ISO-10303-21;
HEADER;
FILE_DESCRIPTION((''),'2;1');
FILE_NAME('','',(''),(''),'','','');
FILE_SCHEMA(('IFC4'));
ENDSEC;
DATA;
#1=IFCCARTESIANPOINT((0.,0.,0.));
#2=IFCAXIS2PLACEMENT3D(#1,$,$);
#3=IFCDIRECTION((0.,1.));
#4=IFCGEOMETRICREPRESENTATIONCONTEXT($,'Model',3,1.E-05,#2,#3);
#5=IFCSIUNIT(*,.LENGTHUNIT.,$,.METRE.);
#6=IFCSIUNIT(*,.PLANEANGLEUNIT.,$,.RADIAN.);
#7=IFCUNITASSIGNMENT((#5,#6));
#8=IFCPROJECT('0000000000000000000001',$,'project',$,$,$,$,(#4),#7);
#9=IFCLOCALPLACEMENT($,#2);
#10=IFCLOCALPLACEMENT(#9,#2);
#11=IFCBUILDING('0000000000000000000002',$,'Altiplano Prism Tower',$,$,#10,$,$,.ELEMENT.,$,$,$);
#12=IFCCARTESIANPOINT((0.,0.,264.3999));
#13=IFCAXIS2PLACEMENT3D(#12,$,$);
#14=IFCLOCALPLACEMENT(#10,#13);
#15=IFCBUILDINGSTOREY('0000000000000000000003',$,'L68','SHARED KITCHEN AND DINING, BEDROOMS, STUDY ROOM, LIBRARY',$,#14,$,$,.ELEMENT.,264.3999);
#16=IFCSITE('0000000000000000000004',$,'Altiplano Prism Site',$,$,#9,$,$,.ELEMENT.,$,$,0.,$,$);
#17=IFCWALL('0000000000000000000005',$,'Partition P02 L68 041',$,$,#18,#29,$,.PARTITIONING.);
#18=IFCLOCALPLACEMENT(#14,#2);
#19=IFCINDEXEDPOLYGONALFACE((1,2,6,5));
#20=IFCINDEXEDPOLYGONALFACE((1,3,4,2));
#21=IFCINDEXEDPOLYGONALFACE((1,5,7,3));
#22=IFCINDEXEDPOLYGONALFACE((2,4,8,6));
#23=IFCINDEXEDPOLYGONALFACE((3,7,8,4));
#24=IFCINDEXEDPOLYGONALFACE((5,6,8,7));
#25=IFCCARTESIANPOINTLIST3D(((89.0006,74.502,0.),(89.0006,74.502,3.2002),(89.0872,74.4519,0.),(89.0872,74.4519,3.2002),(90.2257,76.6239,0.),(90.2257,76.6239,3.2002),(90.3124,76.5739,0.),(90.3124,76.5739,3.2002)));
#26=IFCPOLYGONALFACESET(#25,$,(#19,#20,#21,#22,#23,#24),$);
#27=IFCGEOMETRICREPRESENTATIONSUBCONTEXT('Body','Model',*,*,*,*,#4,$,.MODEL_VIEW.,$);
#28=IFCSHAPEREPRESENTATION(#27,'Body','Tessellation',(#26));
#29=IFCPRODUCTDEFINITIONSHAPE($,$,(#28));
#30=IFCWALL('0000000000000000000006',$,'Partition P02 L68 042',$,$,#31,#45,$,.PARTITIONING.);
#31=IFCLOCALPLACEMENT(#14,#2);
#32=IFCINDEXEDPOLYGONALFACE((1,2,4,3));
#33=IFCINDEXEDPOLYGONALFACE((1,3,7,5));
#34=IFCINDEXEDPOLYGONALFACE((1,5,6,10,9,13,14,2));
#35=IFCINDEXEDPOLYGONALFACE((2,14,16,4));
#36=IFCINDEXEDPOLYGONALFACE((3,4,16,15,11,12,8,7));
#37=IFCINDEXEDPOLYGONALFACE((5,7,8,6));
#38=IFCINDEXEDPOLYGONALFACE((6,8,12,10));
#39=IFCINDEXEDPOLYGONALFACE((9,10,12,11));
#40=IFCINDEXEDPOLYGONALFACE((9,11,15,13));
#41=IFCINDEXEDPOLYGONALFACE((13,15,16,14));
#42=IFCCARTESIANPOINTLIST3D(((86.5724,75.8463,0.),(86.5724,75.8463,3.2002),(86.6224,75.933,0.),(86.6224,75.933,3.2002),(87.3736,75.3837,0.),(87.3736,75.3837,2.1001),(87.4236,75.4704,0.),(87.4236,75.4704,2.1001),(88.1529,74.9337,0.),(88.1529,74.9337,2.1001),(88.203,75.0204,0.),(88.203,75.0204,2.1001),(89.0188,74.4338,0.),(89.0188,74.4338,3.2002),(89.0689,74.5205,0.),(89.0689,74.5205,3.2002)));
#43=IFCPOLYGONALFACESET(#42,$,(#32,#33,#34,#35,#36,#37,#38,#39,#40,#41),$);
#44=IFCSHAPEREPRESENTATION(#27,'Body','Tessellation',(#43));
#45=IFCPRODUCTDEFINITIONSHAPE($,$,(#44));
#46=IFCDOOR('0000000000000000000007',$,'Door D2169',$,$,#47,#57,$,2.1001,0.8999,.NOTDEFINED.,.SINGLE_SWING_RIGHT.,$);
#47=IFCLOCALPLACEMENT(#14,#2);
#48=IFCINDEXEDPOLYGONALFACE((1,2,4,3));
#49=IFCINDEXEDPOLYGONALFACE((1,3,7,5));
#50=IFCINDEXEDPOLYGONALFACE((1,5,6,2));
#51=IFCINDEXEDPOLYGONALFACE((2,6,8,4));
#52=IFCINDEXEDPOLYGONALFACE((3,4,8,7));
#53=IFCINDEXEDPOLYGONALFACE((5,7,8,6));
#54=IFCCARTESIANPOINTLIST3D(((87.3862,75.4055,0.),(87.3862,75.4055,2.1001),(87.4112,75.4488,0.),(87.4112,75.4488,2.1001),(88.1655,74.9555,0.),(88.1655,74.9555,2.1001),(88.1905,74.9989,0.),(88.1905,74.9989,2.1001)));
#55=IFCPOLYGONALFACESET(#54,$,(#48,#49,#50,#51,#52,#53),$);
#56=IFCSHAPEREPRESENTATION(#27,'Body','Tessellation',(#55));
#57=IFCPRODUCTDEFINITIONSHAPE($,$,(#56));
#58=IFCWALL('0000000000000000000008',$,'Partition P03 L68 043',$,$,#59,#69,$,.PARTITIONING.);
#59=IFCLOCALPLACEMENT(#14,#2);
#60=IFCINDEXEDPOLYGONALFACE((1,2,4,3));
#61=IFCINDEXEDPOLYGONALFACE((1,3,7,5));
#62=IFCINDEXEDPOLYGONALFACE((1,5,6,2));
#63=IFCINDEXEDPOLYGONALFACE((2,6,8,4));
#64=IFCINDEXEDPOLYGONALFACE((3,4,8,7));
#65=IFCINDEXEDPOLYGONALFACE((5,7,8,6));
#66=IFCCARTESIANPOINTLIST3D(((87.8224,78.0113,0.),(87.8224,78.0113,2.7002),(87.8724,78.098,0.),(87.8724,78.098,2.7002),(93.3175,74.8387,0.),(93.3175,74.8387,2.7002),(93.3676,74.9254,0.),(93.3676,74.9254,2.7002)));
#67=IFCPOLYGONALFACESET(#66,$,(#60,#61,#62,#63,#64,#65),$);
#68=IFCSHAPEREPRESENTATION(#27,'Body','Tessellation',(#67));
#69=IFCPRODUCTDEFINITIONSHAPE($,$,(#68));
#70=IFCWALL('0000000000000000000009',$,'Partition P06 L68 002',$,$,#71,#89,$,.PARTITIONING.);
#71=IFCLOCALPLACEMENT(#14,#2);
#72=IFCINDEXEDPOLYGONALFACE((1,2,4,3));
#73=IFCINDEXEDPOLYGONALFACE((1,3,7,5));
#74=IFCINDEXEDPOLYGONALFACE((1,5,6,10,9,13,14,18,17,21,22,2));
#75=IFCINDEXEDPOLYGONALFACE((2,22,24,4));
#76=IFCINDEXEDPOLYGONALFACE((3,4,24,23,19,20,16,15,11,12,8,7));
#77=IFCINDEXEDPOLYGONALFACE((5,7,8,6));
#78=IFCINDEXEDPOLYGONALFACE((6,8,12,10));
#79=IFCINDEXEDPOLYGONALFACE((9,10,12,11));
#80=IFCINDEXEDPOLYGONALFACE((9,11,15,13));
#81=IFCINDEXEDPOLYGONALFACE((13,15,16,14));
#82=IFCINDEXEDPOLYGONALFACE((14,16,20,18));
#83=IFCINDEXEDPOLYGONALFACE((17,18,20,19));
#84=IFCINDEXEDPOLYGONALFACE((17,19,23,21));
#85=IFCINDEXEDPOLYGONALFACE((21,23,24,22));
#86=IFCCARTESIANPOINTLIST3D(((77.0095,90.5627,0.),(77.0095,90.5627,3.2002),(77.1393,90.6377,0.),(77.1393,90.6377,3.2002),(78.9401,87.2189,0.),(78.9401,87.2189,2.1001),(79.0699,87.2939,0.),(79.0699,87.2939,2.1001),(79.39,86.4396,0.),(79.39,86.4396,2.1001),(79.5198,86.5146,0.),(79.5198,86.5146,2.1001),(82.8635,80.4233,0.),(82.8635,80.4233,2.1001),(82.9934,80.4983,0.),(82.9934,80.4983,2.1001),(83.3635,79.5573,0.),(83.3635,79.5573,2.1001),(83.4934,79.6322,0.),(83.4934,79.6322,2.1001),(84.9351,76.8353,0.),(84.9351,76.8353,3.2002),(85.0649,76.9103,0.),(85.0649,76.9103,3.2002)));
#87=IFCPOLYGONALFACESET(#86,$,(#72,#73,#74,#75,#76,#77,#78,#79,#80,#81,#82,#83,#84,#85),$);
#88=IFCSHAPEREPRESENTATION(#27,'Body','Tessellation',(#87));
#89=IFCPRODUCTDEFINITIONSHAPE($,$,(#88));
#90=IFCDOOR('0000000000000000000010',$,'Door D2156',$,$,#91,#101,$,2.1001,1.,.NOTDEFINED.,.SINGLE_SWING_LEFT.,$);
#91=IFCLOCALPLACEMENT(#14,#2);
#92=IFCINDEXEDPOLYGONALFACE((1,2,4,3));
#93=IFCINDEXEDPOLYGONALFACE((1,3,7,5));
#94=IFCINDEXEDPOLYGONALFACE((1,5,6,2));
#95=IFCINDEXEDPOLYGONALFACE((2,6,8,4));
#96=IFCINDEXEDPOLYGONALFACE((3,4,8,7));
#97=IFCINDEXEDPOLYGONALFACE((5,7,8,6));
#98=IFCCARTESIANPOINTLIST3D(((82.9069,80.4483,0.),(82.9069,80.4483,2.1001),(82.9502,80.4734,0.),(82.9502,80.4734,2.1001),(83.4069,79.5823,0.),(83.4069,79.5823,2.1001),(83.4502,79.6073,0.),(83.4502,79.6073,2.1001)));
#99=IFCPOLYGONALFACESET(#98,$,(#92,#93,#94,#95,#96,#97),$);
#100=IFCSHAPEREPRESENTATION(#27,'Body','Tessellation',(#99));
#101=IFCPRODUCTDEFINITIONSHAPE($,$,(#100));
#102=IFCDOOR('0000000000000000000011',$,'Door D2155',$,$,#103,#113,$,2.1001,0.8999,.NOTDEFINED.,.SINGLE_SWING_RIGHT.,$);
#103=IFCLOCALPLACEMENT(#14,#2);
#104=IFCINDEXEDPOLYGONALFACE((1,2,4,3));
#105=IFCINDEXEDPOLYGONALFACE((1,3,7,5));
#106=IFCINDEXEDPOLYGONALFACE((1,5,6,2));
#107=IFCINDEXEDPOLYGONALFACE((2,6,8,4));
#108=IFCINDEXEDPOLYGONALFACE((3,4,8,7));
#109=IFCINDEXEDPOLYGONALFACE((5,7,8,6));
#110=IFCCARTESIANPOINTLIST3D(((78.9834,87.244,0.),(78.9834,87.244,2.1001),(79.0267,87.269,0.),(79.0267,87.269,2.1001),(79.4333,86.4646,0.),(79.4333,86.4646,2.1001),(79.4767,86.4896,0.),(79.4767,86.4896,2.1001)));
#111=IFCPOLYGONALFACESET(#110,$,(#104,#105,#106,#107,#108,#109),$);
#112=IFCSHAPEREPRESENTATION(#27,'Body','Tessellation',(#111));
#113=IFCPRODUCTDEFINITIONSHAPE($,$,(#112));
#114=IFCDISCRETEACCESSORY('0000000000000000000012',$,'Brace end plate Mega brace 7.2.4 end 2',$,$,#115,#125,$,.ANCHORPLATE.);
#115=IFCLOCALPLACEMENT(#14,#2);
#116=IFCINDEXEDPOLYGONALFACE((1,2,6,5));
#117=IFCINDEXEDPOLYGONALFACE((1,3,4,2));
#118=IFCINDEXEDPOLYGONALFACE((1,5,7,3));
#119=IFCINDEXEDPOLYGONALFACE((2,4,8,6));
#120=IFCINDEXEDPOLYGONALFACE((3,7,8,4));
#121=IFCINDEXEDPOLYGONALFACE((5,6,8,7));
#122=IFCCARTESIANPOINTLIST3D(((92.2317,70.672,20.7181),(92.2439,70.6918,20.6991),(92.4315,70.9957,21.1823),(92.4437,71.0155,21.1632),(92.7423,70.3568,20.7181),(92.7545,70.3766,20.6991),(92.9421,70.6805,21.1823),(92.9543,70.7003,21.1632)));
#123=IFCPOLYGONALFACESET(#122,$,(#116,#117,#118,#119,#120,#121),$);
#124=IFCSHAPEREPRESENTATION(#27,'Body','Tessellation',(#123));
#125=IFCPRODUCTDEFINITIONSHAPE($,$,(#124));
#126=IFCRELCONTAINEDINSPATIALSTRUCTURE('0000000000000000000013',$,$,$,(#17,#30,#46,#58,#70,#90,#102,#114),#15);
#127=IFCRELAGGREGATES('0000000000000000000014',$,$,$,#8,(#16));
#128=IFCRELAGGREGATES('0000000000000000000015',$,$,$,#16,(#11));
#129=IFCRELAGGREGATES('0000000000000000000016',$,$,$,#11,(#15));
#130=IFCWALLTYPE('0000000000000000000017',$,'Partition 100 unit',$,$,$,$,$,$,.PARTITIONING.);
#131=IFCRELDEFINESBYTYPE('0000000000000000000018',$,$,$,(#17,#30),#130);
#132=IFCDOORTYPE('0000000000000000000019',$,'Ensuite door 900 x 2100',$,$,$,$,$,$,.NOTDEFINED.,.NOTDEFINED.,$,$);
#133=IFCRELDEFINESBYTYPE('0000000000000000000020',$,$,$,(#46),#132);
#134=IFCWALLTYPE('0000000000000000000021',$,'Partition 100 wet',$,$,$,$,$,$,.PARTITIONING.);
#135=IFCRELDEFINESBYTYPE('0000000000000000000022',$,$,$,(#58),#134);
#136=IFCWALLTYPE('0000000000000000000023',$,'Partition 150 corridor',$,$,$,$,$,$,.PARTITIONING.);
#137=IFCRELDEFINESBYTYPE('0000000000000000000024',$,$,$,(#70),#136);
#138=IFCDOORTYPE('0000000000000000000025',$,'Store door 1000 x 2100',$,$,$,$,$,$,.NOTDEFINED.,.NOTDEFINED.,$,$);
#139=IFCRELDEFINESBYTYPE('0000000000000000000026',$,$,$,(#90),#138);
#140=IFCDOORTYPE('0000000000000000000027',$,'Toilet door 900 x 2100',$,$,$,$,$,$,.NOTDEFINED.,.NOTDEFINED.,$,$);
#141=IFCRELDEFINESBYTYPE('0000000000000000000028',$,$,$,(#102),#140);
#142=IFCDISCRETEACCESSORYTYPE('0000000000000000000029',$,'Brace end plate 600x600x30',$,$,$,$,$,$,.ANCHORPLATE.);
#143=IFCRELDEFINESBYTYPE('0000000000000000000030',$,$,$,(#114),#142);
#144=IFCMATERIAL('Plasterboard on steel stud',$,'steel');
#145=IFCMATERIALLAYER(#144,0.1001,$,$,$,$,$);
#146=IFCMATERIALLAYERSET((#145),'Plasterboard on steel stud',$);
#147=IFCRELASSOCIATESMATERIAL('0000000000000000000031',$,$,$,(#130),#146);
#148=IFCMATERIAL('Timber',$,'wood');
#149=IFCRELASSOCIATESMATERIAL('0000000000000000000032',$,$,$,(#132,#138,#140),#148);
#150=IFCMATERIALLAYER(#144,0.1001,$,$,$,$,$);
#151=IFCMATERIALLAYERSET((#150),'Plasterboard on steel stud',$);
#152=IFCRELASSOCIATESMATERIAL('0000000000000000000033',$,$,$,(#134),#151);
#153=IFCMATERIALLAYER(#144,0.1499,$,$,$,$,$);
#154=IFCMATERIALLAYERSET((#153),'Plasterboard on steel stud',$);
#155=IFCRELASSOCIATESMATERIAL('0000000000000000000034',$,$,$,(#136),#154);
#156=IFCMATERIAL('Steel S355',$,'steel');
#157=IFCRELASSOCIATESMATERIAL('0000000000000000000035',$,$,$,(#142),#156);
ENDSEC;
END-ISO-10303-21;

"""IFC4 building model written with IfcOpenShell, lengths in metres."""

from ifc_helpers import new_model, si_unit, direction, frame, frame_2d, origin, origin_2d, place, context, subcontext, project, spatial, rectangle, extrude, material, layer, layer_set, material_profile, profile_set, type_object, element, fill, save


model = new_model("IFC4")

# Units and contexts
model_context = context("Model", 3, precision=1e-05, world=origin(), true_north=direction((0.0, 1.0)))
body_context = subcontext(model_context, "Body", "Model", "MODEL_VIEW")
ifc_project = project(units=[si_unit("LENGTHUNIT", "METRE"), si_unit("PLANEANGLEUNIT", "RADIAN")], contexts=[model_context])

# Site, building, storey
site_placement = place(None, origin())
site = spatial("IfcSite", under=ifc_project, at=site_placement, Name="Altiplano Prism Site", CompositionType="ELEMENT", RefElevation=0.0)
building_placement = place(site_placement, origin())
building = spatial("IfcBuilding", under=site, at=building_placement, Name="Altiplano Prism Tower", CompositionType="ELEMENT")
storey_placement = place(building_placement, frame((0.0, 0.0, 264.3999)))
storey = spatial("IfcBuildingStorey", under=building, at=storey_placement, Name="L68", Description="SHARED KITCHEN AND DINING, BEDROOMS, STUDY ROOM, LIBRARY", CompositionType="ELEMENT", Elevation=264.3999)

# Shared definitions
ifc_material_1 = material(Name="Plasterboard on steel stud", Category="steel")
ifc_layer_1 = layer(ifc_material_1, 0.1001)
ifc_layer_set_1 = layer_set([ifc_layer_1], Name="Plasterboard on steel stud")
wall_type_1 = type_object("IfcWallType", Name="Partition 100 unit", PredefinedType="PARTITIONING", material=ifc_layer_set_1)
ifc_material_2 = material(Name="Timber", Category="wood")
door_type_1 = type_object("IfcDoorType", Name="Ensuite door 900 x 2100", OperationType="NOTDEFINED", PredefinedType="NOTDEFINED", material=ifc_material_2)

# Wall
wall_1_placement = place(storey_placement, frame((90.269, 76.5989, 0.0), z_axis=(0.0, 0.0, 1.0), x_axis=(-0.500019, -0.866015, 0.0)))
element("IfcWall", 1, at=wall_1_placement, inside=storey, type_object=wall_type_1, Name="Partition P02 L68 041", PredefinedType="PARTITIONING", context=body_context, shape_type="SweptSolid", body=[
    extrude(rectangle(XDim=2.4502, YDim=0.1001, at=frame_2d((1.2251, 0.0))), origin(), (0.0, 0.0, 1.0), 3.2002),
])

# Wall, opening, door
wall_2_placement = place(storey_placement, frame((89.0439, 74.4771, 0.0), z_axis=(0.0, 0.0, 1.0), x_axis=(-0.866011, 0.500024, 0.0)))
wall_2 = element("IfcWall", 2, at=wall_2_placement, inside=storey, type_object=wall_type_1, Name="Partition P02 L68 042", PredefinedType="PARTITIONING", context=body_context, shape_type="SweptSolid", body=[
    extrude(rectangle(XDim=2.825, YDim=0.1001, at=frame_2d((1.4126, 0.0))), origin(), (0.0, 0.0, 1.0), 3.2002),
])
opening_1_placement = place(wall_2_placement, frame((1.0, 0.0, 0.0)))
opening_1 = element("IfcOpeningElement", 3, at=opening_1_placement, cuts=wall_2, PredefinedType="OPENING", context=body_context, shape_type="SweptSolid", body=[
    extrude(rectangle(XDim=0.8999, YDim=2.1001, at=frame_2d((0.45, 1.05))), frame((0.0, 0.0605, 0.0), z_axis=(0.0, -1.0, 0.0), x_axis=(1.0, 0.0, 0.0)), (0.0, 0.0, 1.0), 0.1211),
])
door_1_placement = place(opening_1_placement, origin())
door_1 = element("IfcDoor", 4, at=door_1_placement, inside=storey, type_object=door_type_1, Name="Door D2169", OperationType="SINGLE_SWING_RIGHT", OverallHeight=2.1001, OverallWidth=0.8999, PredefinedType="NOTDEFINED", context=body_context, shape_type="SweptSolid", body=[
    extrude(rectangle(XDim=0.8999, YDim=2.1001, at=frame_2d((0.45, 1.05))), frame((0.0, 0.0249, 0.0), z_axis=(0.0, -1.0, 0.0), x_axis=(1.0, 0.0, 0.0)), (0.0, 0.0, 1.0), 0.05),
])
fill(opening_1, door_1)

# Wall
ifc_layer_2 = layer(ifc_material_1, 0.1001)
ifc_layer_set_2 = layer_set([ifc_layer_2], Name="Plasterboard on steel stud")
wall_type_2 = type_object("IfcWallType", Name="Partition 100 wet", PredefinedType="PARTITIONING", material=ifc_layer_set_2)
wall_3_placement = place(storey_placement, frame((93.3425, 74.8821, 0.0), z_axis=(0.0, 0.0, 1.0), x_axis=(-0.866025, 0.5, 0.0)))
element("IfcWall", 5, at=wall_3_placement, inside=storey, type_object=wall_type_2, Name="Partition P03 L68 043", PredefinedType="PARTITIONING", context=body_context, shape_type="SweptSolid", body=[
    extrude(rectangle(XDim=6.3452, YDim=0.1001, at=frame_2d((3.1726, 0.0))), origin(), (0.0, 0.0, 1.0), 2.7002),
])

# Wall, openings, doors
ifc_layer_3 = layer(ifc_material_1, 0.1499)
ifc_layer_set_3 = layer_set([ifc_layer_3], Name="Plasterboard on steel stud")
wall_type_3 = type_object("IfcWallType", Name="Partition 150 corridor", PredefinedType="PARTITIONING", material=ifc_layer_set_3)
wall_4_placement = place(storey_placement, frame((85.0, 76.8728, 0.0), z_axis=(0.0, 0.0, 1.0), x_axis=(-0.500004, 0.866023, 0.0)))
wall_4 = element("IfcWall", 6, at=wall_4_placement, inside=storey, type_object=wall_type_3, Name="Partition P06 L68 002", PredefinedType="PARTITIONING", context=body_context, shape_type="SweptSolid", body=[
    extrude(rectangle(XDim=15.8511, YDim=0.1499, at=frame_2d((7.9255, 0.0))), origin(), (0.0, 0.0, 1.0), 3.2002),
])
opening_2_placement = place(wall_4_placement, frame((11.0901, 0.0, 0.0)))
opening_2 = element("IfcOpeningElement", 7, at=opening_2_placement, cuts=wall_4, PredefinedType="OPENING", context=body_context, shape_type="SweptSolid", body=[
    extrude(rectangle(XDim=0.8999, YDim=2.1001, at=frame_2d((0.45, 1.05))), frame((0.0, 0.0854, 0.0), z_axis=(0.0, -1.0, 0.0), x_axis=(1.0, 0.0, 0.0)), (0.0, 0.0, 1.0), 0.1709),
])
opening_3_placement = place(wall_4_placement, frame((3.1431, 0.0, 0.0)))
opening_3 = element("IfcOpeningElement", 8, at=opening_3_placement, cuts=wall_4, PredefinedType="OPENING", context=body_context, shape_type="SweptSolid", body=[
    extrude(rectangle(XDim=1.0, YDim=2.1001, at=frame_2d((0.5, 1.05))), frame((0.0, 0.0854, 0.0), z_axis=(0.0, -1.0, 0.0), x_axis=(1.0, 0.0, 0.0)), (0.0, 0.0, 1.0), 0.1709),
])
door_type_2 = type_object("IfcDoorType", Name="Store door 1000 x 2100", OperationType="NOTDEFINED", PredefinedType="NOTDEFINED", material=ifc_material_2)
door_2_placement = place(opening_3_placement, origin())
door_2 = element("IfcDoor", 9, at=door_2_placement, inside=storey, type_object=door_type_2, Name="Door D2156", OperationType="SINGLE_SWING_LEFT", OverallHeight=2.1001, OverallWidth=1.0, PredefinedType="NOTDEFINED", context=body_context, shape_type="SweptSolid", body=[
    extrude(rectangle(XDim=1.0, YDim=2.1001, at=frame_2d((0.5, 1.05))), frame((0.0, 0.0249, 0.0), z_axis=(0.0, -1.0, 0.0), x_axis=(1.0, 0.0, 0.0)), (0.0, 0.0, 1.0), 0.05),
])
fill(opening_3, door_2)
door_type_3 = type_object("IfcDoorType", Name="Toilet door 900 x 2100", OperationType="NOTDEFINED", PredefinedType="NOTDEFINED", material=ifc_material_2)
door_3_placement = place(opening_2_placement, origin())
door_3 = element("IfcDoor", 10, at=door_3_placement, inside=storey, type_object=door_type_3, Name="Door D2155", OperationType="SINGLE_SWING_RIGHT", OverallHeight=2.1001, OverallWidth=0.8999, PredefinedType="NOTDEFINED", context=body_context, shape_type="SweptSolid", body=[
    extrude(rectangle(XDim=0.8999, YDim=2.1001, at=frame_2d((0.45, 1.05))), frame((0.0, 0.0249, 0.0), z_axis=(0.0, -1.0, 0.0), x_axis=(1.0, 0.0, 0.0)), (0.0, 0.0, 1.0), 0.05),
])
fill(opening_2, door_3)

# Discrete accessory
ifc_material_3 = material(Name="Steel S355", Category="steel")
ifc_material_profile_1 = material_profile(ifc_material_3, rectangle(XDim=0.6001, YDim=0.6001, at=origin_2d()), Name="Brace end plate 600x600x30")
ifc_profile_set_1 = profile_set([ifc_material_profile_1], Name="Steel S355")
discrete_accessory_type = type_object("IfcDiscreteAccessoryType", Name="Brace end plate 600x600x30", PredefinedType="ANCHORPLATE", material=ifc_profile_set_1)
discrete_accessory_placement = place(storey_placement, frame((92.5869, 70.6763, 20.9502), z_axis=(0.406289, 0.658189, -0.633811), x_axis=(-0.850936, 0.525269, 0.0)))
element("IfcDiscreteAccessory", 11, at=discrete_accessory_placement, inside=storey, type_object=discrete_accessory_type, Name="Brace end plate Mega brace 7.2.4 end 2", PredefinedType="ANCHORPLATE", context=body_context, shape_type="SweptSolid", body=[
    extrude(rectangle(XDim=0.6001, YDim=0.6001, at=origin_2d()), origin(), (0.0, 0.0, 1.0), 0.03),
])

save(model, "model.ifc")
